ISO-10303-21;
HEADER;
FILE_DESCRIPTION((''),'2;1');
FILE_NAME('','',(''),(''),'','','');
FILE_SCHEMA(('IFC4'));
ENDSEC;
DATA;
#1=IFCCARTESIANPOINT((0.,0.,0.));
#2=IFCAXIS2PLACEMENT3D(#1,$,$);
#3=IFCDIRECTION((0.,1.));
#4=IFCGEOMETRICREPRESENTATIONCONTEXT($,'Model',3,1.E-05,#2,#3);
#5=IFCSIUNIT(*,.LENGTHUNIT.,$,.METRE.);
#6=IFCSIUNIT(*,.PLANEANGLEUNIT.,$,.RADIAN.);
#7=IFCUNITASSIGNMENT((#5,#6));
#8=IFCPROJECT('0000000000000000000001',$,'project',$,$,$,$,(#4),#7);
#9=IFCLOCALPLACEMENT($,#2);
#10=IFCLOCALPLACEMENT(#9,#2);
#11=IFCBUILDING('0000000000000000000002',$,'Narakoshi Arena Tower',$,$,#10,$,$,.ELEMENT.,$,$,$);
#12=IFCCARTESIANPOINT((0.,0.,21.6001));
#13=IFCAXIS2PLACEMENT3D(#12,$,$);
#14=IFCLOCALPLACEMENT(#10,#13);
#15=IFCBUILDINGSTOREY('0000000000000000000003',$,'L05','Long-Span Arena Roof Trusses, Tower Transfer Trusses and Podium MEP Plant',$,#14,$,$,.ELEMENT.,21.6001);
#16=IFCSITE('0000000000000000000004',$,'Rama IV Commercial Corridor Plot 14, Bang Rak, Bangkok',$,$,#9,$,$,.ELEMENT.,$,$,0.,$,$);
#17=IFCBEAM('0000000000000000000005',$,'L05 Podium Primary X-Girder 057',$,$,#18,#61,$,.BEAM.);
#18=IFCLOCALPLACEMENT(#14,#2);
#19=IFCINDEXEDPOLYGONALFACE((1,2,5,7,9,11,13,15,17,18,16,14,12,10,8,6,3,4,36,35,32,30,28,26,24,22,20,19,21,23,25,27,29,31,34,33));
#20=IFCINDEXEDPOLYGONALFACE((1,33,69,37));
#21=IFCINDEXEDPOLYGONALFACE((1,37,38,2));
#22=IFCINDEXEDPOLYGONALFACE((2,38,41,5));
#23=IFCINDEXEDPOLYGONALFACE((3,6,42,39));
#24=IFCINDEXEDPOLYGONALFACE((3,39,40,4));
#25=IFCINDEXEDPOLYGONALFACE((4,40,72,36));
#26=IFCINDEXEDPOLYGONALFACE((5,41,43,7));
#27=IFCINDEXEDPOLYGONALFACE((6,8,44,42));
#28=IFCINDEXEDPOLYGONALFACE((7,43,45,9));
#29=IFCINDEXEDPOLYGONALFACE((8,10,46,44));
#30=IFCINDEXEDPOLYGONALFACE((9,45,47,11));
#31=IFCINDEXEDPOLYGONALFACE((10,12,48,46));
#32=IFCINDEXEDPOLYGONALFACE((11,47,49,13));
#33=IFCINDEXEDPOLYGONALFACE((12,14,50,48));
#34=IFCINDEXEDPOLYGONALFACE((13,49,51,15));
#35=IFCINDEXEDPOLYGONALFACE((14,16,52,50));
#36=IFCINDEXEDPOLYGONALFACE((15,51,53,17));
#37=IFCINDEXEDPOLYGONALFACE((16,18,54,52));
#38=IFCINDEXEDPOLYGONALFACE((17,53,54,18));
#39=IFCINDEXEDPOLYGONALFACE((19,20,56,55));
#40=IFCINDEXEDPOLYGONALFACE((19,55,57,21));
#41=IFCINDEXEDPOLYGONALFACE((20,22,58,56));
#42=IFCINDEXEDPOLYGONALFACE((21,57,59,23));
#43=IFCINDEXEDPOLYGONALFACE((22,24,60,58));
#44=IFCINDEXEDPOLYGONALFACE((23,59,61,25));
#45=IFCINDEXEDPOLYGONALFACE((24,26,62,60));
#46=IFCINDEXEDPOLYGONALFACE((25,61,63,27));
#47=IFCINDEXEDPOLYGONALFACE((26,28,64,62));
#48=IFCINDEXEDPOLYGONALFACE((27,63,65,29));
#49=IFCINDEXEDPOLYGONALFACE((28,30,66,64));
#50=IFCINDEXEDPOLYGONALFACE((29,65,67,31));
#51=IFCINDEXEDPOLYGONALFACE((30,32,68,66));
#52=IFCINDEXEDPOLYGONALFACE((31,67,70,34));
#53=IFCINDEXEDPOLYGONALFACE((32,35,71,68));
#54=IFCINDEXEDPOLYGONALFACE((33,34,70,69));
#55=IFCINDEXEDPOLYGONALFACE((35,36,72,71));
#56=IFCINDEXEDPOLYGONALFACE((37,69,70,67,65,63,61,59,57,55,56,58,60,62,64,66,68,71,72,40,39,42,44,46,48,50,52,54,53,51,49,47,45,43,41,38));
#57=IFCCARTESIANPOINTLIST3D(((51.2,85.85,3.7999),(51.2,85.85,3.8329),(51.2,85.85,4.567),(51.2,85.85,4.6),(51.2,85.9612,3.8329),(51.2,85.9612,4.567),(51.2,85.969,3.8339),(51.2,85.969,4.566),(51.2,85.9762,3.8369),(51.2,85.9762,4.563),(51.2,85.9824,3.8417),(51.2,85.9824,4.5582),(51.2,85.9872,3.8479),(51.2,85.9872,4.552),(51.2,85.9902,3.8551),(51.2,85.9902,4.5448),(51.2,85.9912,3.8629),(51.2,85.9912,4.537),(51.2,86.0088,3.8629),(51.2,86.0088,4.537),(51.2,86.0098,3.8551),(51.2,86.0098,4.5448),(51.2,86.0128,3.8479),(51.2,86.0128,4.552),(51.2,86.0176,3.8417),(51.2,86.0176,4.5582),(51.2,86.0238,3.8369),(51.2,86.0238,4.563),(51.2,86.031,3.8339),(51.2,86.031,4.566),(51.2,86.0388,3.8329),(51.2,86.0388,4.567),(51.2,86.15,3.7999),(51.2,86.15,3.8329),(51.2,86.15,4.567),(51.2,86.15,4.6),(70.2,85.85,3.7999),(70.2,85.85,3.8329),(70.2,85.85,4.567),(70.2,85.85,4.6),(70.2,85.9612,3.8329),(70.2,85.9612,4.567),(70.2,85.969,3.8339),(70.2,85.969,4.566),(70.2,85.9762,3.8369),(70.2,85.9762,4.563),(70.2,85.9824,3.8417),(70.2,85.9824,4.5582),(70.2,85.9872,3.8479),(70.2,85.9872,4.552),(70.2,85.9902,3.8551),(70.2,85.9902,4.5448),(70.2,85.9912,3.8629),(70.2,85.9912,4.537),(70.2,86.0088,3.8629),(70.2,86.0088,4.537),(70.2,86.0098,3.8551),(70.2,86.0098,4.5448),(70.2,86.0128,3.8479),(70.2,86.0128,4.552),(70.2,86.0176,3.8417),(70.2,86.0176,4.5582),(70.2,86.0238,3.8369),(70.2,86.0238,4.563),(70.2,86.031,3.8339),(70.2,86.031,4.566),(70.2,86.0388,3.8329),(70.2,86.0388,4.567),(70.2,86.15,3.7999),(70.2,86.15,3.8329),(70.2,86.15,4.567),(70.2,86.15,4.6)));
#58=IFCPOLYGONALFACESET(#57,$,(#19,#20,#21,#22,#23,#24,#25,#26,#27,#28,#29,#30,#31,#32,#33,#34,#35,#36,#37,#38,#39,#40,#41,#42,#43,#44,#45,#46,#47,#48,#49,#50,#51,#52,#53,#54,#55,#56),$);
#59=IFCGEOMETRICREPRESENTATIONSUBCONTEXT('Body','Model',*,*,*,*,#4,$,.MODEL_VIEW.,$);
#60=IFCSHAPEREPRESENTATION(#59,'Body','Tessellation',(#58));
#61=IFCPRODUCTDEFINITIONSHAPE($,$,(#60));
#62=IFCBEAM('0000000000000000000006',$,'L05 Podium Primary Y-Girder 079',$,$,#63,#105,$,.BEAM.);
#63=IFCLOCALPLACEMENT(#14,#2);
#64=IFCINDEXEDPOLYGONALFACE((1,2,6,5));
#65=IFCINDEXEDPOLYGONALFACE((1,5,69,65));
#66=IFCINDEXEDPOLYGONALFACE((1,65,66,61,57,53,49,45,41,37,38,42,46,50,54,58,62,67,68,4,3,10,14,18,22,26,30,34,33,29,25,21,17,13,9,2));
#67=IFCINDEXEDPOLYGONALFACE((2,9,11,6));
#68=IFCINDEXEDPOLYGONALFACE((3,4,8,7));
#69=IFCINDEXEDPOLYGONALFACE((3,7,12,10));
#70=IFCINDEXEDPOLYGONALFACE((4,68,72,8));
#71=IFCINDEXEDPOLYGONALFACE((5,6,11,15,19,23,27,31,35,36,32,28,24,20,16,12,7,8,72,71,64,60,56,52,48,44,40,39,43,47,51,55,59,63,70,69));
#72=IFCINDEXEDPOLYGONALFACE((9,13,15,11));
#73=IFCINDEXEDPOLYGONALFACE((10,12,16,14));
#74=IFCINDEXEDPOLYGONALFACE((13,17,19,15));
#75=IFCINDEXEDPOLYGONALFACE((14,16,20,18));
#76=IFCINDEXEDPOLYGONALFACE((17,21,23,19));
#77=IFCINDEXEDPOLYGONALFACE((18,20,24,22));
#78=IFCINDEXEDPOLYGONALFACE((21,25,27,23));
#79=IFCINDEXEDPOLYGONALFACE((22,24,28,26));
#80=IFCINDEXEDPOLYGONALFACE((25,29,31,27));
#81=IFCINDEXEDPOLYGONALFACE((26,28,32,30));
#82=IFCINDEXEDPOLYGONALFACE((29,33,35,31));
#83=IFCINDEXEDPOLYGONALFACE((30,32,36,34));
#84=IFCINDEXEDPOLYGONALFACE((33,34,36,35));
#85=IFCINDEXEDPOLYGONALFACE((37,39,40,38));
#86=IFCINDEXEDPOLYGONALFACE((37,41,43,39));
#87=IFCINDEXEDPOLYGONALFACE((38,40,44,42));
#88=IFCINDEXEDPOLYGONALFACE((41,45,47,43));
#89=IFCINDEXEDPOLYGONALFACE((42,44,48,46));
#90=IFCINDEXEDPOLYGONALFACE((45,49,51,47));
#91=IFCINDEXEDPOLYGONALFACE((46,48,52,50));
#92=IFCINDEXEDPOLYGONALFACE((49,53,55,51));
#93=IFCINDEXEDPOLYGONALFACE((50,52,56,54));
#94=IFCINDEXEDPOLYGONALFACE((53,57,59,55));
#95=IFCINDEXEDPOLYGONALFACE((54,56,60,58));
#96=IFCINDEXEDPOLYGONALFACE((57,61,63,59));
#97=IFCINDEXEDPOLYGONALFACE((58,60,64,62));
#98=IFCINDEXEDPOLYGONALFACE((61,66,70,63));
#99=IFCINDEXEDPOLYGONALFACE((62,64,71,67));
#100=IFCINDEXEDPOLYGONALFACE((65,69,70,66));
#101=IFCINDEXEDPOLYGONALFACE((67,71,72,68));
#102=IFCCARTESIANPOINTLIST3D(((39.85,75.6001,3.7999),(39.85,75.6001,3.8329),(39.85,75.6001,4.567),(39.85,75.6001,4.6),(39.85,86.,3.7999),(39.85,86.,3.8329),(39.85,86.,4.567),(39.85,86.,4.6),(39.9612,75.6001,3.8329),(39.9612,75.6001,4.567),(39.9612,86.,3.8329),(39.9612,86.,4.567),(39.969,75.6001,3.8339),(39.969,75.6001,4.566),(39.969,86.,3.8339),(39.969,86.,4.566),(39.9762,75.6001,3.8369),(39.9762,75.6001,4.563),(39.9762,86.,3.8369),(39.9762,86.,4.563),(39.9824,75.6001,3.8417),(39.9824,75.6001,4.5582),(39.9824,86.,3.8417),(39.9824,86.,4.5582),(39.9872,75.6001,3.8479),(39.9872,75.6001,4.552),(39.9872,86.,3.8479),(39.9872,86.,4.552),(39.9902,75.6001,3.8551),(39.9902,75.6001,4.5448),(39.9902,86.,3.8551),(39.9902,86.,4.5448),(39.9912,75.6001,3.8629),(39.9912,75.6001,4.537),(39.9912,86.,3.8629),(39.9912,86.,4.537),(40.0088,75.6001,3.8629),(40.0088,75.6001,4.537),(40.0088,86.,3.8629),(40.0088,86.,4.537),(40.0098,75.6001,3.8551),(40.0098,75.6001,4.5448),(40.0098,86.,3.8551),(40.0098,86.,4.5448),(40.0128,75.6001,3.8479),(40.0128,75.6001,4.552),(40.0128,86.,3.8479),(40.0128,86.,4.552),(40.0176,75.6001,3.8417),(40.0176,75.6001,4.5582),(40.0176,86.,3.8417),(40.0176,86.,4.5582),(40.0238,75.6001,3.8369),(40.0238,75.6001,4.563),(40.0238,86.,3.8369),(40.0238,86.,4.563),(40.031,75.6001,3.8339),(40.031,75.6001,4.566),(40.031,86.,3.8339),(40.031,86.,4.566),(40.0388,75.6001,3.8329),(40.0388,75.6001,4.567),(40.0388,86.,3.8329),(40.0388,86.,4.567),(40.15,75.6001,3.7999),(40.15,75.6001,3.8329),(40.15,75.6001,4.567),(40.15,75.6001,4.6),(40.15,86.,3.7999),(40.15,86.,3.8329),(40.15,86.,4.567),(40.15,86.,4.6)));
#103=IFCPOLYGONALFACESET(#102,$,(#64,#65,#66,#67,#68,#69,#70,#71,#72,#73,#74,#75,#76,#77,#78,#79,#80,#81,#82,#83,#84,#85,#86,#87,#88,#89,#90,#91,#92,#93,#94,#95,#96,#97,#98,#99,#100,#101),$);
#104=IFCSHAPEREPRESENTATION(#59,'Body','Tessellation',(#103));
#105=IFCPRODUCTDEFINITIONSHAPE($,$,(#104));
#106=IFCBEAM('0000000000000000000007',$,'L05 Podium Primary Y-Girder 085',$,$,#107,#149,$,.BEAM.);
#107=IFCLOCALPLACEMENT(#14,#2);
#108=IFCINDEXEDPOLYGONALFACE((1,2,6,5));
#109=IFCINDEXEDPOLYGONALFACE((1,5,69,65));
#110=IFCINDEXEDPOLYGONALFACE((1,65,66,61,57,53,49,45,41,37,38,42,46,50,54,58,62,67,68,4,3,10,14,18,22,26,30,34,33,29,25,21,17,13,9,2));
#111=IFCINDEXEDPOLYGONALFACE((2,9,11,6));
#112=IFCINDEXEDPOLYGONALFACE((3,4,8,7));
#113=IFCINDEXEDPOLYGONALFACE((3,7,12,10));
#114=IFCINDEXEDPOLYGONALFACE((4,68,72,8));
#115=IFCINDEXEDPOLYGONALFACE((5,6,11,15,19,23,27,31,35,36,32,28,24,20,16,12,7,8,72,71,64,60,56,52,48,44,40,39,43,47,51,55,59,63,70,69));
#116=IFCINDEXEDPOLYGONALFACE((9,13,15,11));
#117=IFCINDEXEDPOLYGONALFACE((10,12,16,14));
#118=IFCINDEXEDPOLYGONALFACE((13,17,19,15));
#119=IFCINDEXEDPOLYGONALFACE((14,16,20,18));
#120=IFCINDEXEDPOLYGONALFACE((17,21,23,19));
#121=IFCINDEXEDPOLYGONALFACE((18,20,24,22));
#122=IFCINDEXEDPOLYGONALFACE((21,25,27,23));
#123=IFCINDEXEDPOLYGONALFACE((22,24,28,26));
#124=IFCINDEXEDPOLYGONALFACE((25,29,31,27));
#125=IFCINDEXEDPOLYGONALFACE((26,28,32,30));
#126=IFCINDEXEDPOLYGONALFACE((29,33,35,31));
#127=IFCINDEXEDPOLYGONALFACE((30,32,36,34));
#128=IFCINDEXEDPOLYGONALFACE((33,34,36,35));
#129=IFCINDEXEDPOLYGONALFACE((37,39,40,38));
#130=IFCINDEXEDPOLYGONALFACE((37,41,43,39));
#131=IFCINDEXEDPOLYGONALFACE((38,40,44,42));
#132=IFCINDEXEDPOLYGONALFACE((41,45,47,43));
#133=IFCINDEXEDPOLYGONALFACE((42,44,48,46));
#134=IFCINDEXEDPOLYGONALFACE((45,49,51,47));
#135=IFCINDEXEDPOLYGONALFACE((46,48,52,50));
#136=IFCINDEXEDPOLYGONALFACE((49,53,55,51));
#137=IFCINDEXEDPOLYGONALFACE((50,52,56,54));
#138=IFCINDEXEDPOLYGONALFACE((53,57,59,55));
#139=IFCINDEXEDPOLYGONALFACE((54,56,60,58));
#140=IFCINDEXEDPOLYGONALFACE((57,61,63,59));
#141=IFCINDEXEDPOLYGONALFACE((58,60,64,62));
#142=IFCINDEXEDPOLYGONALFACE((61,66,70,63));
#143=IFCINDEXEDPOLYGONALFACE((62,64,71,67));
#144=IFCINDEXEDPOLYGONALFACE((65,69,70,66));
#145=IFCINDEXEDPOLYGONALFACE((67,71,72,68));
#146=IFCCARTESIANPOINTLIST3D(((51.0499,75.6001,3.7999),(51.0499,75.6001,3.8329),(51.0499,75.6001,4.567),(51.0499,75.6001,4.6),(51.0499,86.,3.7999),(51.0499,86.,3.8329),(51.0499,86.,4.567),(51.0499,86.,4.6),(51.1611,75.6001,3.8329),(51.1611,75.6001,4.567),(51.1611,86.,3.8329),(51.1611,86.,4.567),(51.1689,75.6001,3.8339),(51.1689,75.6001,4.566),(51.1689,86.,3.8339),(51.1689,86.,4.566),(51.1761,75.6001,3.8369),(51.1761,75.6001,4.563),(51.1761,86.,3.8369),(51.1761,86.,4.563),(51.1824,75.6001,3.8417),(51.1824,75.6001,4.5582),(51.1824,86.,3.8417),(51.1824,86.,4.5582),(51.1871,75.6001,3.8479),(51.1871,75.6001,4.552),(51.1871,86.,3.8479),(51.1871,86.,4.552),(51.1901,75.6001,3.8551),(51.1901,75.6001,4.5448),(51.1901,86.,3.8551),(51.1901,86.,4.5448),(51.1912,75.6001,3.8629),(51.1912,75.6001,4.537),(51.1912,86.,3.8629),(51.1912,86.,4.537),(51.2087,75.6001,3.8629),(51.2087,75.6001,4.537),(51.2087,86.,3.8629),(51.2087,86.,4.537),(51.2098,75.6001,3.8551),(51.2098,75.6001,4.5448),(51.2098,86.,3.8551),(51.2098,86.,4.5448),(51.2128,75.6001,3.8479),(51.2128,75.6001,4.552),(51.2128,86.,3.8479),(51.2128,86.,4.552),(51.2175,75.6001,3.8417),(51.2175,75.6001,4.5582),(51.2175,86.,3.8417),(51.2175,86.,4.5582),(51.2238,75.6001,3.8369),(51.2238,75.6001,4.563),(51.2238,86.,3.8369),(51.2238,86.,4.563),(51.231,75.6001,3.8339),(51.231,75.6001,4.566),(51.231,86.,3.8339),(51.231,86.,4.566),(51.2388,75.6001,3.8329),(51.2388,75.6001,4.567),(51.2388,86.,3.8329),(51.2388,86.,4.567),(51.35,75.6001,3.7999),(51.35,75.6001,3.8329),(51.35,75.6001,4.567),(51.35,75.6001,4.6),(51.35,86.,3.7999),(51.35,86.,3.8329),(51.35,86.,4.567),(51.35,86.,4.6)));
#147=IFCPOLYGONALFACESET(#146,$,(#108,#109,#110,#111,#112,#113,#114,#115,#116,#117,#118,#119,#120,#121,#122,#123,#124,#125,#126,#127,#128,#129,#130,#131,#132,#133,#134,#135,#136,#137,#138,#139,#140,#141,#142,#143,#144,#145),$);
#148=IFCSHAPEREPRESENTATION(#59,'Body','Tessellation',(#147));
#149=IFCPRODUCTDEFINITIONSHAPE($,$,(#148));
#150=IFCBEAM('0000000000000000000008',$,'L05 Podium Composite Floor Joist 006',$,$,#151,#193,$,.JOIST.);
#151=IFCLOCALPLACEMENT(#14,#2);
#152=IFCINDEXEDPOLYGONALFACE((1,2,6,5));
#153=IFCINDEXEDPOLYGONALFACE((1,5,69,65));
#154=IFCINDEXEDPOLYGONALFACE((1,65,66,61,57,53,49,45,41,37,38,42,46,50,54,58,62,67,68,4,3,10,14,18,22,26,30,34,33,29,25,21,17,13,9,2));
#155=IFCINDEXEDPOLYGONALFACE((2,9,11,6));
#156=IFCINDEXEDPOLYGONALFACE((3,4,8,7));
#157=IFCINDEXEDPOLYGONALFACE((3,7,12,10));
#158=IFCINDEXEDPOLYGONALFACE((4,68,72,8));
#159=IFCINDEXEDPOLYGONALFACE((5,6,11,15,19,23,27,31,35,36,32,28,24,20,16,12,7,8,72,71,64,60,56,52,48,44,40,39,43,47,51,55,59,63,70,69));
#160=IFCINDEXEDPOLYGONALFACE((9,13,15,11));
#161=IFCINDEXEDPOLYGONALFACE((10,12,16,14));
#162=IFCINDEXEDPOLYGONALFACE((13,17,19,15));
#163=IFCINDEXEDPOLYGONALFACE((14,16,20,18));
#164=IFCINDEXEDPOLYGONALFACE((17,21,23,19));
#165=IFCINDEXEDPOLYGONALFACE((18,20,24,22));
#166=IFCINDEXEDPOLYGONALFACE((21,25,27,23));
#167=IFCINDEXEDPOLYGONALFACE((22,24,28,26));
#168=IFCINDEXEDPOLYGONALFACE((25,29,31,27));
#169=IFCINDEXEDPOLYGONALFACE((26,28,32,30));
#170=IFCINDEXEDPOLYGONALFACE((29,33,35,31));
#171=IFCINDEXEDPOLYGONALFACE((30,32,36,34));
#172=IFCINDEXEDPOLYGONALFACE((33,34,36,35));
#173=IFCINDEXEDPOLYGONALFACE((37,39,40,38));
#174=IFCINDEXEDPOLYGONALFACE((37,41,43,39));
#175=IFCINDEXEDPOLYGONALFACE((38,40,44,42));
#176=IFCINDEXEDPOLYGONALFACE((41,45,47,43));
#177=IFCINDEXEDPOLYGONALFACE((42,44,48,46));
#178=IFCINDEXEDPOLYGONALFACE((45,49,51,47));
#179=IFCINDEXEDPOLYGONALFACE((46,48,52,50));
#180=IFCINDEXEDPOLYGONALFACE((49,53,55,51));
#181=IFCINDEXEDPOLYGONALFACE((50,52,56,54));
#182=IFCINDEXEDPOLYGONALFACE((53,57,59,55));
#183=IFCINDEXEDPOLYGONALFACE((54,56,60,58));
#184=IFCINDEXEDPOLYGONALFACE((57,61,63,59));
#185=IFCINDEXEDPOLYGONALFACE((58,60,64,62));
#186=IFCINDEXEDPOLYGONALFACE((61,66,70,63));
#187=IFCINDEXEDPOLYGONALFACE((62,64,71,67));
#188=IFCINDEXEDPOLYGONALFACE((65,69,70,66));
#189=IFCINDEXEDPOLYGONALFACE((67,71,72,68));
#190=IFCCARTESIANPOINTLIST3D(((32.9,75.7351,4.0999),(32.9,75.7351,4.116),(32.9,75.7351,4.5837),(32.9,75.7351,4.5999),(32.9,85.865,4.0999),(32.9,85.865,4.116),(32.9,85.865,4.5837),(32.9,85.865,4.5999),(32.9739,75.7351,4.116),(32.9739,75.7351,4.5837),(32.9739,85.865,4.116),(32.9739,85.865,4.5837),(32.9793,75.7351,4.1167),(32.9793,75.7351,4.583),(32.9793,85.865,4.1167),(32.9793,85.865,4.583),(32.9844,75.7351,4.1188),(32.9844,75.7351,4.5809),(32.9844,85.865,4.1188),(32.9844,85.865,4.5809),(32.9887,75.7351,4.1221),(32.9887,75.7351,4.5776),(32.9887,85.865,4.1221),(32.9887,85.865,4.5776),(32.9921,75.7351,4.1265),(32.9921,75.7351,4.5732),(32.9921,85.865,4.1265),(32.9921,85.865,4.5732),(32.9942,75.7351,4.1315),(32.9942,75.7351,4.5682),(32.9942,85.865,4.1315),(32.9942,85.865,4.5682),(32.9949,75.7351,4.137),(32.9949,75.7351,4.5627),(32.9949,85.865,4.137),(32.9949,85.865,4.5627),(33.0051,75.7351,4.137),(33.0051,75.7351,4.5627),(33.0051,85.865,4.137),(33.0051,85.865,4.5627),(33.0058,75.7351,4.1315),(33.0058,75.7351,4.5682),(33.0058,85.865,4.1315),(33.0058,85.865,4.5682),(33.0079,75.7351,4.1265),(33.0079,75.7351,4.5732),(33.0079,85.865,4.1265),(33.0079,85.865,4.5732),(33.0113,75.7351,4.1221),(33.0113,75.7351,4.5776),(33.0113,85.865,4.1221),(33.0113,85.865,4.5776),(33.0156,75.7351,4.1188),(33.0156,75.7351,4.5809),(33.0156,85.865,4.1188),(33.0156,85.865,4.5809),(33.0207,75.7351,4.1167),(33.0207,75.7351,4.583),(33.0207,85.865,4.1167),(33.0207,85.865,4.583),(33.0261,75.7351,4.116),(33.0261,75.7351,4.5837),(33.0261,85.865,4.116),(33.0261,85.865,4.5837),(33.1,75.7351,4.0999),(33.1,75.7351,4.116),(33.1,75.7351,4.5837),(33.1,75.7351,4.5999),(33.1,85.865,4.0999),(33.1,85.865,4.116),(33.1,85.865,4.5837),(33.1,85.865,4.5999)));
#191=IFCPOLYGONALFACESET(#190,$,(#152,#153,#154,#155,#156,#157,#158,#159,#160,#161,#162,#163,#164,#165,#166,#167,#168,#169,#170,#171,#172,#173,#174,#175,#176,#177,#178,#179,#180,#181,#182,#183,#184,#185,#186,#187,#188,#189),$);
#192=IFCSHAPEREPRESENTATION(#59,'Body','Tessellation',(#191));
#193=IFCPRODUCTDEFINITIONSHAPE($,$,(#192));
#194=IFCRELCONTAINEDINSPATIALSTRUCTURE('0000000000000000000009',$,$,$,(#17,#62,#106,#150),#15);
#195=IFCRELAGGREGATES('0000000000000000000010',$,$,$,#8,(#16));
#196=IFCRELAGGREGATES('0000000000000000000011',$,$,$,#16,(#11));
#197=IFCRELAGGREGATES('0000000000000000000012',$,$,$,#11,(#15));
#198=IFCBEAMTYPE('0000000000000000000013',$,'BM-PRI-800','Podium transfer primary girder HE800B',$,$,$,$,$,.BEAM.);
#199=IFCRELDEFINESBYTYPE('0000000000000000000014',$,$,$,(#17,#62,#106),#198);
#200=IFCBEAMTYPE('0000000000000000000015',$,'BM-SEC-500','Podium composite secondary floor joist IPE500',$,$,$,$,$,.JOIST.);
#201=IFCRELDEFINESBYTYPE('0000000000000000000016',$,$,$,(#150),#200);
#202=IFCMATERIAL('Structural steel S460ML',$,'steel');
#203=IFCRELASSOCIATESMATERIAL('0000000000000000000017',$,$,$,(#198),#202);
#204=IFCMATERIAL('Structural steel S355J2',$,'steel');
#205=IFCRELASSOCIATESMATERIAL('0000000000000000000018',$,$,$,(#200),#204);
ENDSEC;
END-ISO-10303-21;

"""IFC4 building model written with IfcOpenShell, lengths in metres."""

from ifc_helpers import new_model, si_unit, direction, frame, origin, origin_2d, place, context, subcontext, project, spatial, i_section, extrude, material, material_profile, profile_set, type_object, element, save


model = new_model("IFC4")

# Units and contexts
model_context = context("Model", 3, precision=1e-05, world=origin(), true_north=direction((0.0, 1.0)))
body_context = subcontext(model_context, "Body", "Model", "MODEL_VIEW")
ifc_project = project(units=[si_unit("LENGTHUNIT", "METRE"), si_unit("PLANEANGLEUNIT", "RADIAN")], contexts=[model_context])

# Site, building, storey
site_placement = place(None, origin())
site = spatial("IfcSite", under=ifc_project, at=site_placement, Name="Rama IV Commercial Corridor Plot 14, Bang Rak, Bangkok", CompositionType="ELEMENT", RefElevation=0.0)
building_placement = place(site_placement, origin())
building = spatial("IfcBuilding", under=site, at=building_placement, Name="Narakoshi Arena Tower", CompositionType="ELEMENT")
storey_placement = place(building_placement, frame((0.0, 0.0, 21.6001)))
storey = spatial("IfcBuildingStorey", under=building, at=storey_placement, Name="L05", Description="Long-Span Arena Roof Trusses, Tower Transfer Trusses and Podium MEP Plant", CompositionType="ELEMENT", Elevation=21.6001)

# Shared definitions
ifc_material_1 = material(Name="Structural steel S355J2", Category="steel")

# Beams
ifc_material_2 = material(Name="Structural steel S460ML", Category="steel")
ifc_material_profile_1 = material_profile(ifc_material_2, i_section(OverallWidth=0.3, OverallDepth=0.8, WebThickness=0.0176, FlangeThickness=0.033, FilletRadius=0.03, at=origin_2d()), Name="HE800B")
ifc_profile_set_1 = profile_set([ifc_material_profile_1], Name="Structural steel S460ML")
beam_type_1 = type_object("IfcBeamType", Name="BM-PRI-800", Description="Podium transfer primary girder HE800B", PredefinedType="BEAM", material=ifc_profile_set_1)
beam_1_placement = place(storey_placement, frame((51.2, 86.0, 4.2), z_axis=(1.0, 0.0, 0.0), x_axis=(0.0, 1.0, 0.0)))
element("IfcBeam", 1, at=beam_1_placement, inside=storey, type_object=beam_type_1, Name="L05 Podium Primary X-Girder 057", PredefinedType="BEAM", context=body_context, shape_type="SweptSolid", body=[
    extrude(i_section(OverallWidth=0.3, OverallDepth=0.8, WebThickness=0.0176, FlangeThickness=0.033, FilletRadius=0.03, at=origin_2d()), origin(), (0.0, 0.0, 1.0), 19.0),
])
for number, where, z_axis, x_axis, name in (
    (2, (40.0, 75.6001, 4.2), (0.0, 1.0, 0.0), (-1.0, 0.0, 0.0), "L05 Podium Primary Y-Girder 079"),
    (3, (51.2, 75.6001, 4.2), (0.0, 1.0, 0.0), (-1.0, 0.0, 0.0), "L05 Podium Primary Y-Girder 085"),
):
    element("IfcBeam", number, at=place(storey_placement, frame(where, z_axis=z_axis, x_axis=x_axis)), inside=storey, type_object=beam_type_1, Name=name, PredefinedType="BEAM", context=body_context, shape_type="SweptSolid", body=[
        extrude(i_section(OverallWidth=0.3, OverallDepth=0.8, WebThickness=0.0176, FlangeThickness=0.033, FilletRadius=0.03, at=origin_2d()), origin(), (0.0, 0.0, 1.0), 10.3999),
    ])
ifc_material_profile_2 = material_profile(ifc_material_1, i_section(OverallWidth=0.2, OverallDepth=0.5, WebThickness=0.0103, FlangeThickness=0.0161, FilletRadius=0.021, at=origin_2d()), Name="IPE500")
ifc_profile_set_2 = profile_set([ifc_material_profile_2], Name="Structural steel S355J2")
beam_type_2 = type_object("IfcBeamType", Name="BM-SEC-500", Description="Podium composite secondary floor joist IPE500", PredefinedType="JOIST", material=ifc_profile_set_2)
for number, where, z_axis, x_axis, name in (
    (4, (33.0, 75.7351, 4.3499), (0.0, 1.0, 0.0), (-1.0, 0.0, 0.0), "L05 Podium Composite Floor Joist 006"),
):
    element("IfcBeam", number, at=place(storey_placement, frame(where, z_axis=z_axis, x_axis=x_axis)), inside=storey, type_object=beam_type_2, Name=name, PredefinedType="JOIST", context=body_context, shape_type="SweptSolid", body=[
        extrude(i_section(OverallWidth=0.2, OverallDepth=0.5, WebThickness=0.0103, FlangeThickness=0.0161, FilletRadius=0.021, at=origin_2d()), origin(), (0.0, 0.0, 1.0), 10.1299),
    ])

save(model, "model.ifc")
